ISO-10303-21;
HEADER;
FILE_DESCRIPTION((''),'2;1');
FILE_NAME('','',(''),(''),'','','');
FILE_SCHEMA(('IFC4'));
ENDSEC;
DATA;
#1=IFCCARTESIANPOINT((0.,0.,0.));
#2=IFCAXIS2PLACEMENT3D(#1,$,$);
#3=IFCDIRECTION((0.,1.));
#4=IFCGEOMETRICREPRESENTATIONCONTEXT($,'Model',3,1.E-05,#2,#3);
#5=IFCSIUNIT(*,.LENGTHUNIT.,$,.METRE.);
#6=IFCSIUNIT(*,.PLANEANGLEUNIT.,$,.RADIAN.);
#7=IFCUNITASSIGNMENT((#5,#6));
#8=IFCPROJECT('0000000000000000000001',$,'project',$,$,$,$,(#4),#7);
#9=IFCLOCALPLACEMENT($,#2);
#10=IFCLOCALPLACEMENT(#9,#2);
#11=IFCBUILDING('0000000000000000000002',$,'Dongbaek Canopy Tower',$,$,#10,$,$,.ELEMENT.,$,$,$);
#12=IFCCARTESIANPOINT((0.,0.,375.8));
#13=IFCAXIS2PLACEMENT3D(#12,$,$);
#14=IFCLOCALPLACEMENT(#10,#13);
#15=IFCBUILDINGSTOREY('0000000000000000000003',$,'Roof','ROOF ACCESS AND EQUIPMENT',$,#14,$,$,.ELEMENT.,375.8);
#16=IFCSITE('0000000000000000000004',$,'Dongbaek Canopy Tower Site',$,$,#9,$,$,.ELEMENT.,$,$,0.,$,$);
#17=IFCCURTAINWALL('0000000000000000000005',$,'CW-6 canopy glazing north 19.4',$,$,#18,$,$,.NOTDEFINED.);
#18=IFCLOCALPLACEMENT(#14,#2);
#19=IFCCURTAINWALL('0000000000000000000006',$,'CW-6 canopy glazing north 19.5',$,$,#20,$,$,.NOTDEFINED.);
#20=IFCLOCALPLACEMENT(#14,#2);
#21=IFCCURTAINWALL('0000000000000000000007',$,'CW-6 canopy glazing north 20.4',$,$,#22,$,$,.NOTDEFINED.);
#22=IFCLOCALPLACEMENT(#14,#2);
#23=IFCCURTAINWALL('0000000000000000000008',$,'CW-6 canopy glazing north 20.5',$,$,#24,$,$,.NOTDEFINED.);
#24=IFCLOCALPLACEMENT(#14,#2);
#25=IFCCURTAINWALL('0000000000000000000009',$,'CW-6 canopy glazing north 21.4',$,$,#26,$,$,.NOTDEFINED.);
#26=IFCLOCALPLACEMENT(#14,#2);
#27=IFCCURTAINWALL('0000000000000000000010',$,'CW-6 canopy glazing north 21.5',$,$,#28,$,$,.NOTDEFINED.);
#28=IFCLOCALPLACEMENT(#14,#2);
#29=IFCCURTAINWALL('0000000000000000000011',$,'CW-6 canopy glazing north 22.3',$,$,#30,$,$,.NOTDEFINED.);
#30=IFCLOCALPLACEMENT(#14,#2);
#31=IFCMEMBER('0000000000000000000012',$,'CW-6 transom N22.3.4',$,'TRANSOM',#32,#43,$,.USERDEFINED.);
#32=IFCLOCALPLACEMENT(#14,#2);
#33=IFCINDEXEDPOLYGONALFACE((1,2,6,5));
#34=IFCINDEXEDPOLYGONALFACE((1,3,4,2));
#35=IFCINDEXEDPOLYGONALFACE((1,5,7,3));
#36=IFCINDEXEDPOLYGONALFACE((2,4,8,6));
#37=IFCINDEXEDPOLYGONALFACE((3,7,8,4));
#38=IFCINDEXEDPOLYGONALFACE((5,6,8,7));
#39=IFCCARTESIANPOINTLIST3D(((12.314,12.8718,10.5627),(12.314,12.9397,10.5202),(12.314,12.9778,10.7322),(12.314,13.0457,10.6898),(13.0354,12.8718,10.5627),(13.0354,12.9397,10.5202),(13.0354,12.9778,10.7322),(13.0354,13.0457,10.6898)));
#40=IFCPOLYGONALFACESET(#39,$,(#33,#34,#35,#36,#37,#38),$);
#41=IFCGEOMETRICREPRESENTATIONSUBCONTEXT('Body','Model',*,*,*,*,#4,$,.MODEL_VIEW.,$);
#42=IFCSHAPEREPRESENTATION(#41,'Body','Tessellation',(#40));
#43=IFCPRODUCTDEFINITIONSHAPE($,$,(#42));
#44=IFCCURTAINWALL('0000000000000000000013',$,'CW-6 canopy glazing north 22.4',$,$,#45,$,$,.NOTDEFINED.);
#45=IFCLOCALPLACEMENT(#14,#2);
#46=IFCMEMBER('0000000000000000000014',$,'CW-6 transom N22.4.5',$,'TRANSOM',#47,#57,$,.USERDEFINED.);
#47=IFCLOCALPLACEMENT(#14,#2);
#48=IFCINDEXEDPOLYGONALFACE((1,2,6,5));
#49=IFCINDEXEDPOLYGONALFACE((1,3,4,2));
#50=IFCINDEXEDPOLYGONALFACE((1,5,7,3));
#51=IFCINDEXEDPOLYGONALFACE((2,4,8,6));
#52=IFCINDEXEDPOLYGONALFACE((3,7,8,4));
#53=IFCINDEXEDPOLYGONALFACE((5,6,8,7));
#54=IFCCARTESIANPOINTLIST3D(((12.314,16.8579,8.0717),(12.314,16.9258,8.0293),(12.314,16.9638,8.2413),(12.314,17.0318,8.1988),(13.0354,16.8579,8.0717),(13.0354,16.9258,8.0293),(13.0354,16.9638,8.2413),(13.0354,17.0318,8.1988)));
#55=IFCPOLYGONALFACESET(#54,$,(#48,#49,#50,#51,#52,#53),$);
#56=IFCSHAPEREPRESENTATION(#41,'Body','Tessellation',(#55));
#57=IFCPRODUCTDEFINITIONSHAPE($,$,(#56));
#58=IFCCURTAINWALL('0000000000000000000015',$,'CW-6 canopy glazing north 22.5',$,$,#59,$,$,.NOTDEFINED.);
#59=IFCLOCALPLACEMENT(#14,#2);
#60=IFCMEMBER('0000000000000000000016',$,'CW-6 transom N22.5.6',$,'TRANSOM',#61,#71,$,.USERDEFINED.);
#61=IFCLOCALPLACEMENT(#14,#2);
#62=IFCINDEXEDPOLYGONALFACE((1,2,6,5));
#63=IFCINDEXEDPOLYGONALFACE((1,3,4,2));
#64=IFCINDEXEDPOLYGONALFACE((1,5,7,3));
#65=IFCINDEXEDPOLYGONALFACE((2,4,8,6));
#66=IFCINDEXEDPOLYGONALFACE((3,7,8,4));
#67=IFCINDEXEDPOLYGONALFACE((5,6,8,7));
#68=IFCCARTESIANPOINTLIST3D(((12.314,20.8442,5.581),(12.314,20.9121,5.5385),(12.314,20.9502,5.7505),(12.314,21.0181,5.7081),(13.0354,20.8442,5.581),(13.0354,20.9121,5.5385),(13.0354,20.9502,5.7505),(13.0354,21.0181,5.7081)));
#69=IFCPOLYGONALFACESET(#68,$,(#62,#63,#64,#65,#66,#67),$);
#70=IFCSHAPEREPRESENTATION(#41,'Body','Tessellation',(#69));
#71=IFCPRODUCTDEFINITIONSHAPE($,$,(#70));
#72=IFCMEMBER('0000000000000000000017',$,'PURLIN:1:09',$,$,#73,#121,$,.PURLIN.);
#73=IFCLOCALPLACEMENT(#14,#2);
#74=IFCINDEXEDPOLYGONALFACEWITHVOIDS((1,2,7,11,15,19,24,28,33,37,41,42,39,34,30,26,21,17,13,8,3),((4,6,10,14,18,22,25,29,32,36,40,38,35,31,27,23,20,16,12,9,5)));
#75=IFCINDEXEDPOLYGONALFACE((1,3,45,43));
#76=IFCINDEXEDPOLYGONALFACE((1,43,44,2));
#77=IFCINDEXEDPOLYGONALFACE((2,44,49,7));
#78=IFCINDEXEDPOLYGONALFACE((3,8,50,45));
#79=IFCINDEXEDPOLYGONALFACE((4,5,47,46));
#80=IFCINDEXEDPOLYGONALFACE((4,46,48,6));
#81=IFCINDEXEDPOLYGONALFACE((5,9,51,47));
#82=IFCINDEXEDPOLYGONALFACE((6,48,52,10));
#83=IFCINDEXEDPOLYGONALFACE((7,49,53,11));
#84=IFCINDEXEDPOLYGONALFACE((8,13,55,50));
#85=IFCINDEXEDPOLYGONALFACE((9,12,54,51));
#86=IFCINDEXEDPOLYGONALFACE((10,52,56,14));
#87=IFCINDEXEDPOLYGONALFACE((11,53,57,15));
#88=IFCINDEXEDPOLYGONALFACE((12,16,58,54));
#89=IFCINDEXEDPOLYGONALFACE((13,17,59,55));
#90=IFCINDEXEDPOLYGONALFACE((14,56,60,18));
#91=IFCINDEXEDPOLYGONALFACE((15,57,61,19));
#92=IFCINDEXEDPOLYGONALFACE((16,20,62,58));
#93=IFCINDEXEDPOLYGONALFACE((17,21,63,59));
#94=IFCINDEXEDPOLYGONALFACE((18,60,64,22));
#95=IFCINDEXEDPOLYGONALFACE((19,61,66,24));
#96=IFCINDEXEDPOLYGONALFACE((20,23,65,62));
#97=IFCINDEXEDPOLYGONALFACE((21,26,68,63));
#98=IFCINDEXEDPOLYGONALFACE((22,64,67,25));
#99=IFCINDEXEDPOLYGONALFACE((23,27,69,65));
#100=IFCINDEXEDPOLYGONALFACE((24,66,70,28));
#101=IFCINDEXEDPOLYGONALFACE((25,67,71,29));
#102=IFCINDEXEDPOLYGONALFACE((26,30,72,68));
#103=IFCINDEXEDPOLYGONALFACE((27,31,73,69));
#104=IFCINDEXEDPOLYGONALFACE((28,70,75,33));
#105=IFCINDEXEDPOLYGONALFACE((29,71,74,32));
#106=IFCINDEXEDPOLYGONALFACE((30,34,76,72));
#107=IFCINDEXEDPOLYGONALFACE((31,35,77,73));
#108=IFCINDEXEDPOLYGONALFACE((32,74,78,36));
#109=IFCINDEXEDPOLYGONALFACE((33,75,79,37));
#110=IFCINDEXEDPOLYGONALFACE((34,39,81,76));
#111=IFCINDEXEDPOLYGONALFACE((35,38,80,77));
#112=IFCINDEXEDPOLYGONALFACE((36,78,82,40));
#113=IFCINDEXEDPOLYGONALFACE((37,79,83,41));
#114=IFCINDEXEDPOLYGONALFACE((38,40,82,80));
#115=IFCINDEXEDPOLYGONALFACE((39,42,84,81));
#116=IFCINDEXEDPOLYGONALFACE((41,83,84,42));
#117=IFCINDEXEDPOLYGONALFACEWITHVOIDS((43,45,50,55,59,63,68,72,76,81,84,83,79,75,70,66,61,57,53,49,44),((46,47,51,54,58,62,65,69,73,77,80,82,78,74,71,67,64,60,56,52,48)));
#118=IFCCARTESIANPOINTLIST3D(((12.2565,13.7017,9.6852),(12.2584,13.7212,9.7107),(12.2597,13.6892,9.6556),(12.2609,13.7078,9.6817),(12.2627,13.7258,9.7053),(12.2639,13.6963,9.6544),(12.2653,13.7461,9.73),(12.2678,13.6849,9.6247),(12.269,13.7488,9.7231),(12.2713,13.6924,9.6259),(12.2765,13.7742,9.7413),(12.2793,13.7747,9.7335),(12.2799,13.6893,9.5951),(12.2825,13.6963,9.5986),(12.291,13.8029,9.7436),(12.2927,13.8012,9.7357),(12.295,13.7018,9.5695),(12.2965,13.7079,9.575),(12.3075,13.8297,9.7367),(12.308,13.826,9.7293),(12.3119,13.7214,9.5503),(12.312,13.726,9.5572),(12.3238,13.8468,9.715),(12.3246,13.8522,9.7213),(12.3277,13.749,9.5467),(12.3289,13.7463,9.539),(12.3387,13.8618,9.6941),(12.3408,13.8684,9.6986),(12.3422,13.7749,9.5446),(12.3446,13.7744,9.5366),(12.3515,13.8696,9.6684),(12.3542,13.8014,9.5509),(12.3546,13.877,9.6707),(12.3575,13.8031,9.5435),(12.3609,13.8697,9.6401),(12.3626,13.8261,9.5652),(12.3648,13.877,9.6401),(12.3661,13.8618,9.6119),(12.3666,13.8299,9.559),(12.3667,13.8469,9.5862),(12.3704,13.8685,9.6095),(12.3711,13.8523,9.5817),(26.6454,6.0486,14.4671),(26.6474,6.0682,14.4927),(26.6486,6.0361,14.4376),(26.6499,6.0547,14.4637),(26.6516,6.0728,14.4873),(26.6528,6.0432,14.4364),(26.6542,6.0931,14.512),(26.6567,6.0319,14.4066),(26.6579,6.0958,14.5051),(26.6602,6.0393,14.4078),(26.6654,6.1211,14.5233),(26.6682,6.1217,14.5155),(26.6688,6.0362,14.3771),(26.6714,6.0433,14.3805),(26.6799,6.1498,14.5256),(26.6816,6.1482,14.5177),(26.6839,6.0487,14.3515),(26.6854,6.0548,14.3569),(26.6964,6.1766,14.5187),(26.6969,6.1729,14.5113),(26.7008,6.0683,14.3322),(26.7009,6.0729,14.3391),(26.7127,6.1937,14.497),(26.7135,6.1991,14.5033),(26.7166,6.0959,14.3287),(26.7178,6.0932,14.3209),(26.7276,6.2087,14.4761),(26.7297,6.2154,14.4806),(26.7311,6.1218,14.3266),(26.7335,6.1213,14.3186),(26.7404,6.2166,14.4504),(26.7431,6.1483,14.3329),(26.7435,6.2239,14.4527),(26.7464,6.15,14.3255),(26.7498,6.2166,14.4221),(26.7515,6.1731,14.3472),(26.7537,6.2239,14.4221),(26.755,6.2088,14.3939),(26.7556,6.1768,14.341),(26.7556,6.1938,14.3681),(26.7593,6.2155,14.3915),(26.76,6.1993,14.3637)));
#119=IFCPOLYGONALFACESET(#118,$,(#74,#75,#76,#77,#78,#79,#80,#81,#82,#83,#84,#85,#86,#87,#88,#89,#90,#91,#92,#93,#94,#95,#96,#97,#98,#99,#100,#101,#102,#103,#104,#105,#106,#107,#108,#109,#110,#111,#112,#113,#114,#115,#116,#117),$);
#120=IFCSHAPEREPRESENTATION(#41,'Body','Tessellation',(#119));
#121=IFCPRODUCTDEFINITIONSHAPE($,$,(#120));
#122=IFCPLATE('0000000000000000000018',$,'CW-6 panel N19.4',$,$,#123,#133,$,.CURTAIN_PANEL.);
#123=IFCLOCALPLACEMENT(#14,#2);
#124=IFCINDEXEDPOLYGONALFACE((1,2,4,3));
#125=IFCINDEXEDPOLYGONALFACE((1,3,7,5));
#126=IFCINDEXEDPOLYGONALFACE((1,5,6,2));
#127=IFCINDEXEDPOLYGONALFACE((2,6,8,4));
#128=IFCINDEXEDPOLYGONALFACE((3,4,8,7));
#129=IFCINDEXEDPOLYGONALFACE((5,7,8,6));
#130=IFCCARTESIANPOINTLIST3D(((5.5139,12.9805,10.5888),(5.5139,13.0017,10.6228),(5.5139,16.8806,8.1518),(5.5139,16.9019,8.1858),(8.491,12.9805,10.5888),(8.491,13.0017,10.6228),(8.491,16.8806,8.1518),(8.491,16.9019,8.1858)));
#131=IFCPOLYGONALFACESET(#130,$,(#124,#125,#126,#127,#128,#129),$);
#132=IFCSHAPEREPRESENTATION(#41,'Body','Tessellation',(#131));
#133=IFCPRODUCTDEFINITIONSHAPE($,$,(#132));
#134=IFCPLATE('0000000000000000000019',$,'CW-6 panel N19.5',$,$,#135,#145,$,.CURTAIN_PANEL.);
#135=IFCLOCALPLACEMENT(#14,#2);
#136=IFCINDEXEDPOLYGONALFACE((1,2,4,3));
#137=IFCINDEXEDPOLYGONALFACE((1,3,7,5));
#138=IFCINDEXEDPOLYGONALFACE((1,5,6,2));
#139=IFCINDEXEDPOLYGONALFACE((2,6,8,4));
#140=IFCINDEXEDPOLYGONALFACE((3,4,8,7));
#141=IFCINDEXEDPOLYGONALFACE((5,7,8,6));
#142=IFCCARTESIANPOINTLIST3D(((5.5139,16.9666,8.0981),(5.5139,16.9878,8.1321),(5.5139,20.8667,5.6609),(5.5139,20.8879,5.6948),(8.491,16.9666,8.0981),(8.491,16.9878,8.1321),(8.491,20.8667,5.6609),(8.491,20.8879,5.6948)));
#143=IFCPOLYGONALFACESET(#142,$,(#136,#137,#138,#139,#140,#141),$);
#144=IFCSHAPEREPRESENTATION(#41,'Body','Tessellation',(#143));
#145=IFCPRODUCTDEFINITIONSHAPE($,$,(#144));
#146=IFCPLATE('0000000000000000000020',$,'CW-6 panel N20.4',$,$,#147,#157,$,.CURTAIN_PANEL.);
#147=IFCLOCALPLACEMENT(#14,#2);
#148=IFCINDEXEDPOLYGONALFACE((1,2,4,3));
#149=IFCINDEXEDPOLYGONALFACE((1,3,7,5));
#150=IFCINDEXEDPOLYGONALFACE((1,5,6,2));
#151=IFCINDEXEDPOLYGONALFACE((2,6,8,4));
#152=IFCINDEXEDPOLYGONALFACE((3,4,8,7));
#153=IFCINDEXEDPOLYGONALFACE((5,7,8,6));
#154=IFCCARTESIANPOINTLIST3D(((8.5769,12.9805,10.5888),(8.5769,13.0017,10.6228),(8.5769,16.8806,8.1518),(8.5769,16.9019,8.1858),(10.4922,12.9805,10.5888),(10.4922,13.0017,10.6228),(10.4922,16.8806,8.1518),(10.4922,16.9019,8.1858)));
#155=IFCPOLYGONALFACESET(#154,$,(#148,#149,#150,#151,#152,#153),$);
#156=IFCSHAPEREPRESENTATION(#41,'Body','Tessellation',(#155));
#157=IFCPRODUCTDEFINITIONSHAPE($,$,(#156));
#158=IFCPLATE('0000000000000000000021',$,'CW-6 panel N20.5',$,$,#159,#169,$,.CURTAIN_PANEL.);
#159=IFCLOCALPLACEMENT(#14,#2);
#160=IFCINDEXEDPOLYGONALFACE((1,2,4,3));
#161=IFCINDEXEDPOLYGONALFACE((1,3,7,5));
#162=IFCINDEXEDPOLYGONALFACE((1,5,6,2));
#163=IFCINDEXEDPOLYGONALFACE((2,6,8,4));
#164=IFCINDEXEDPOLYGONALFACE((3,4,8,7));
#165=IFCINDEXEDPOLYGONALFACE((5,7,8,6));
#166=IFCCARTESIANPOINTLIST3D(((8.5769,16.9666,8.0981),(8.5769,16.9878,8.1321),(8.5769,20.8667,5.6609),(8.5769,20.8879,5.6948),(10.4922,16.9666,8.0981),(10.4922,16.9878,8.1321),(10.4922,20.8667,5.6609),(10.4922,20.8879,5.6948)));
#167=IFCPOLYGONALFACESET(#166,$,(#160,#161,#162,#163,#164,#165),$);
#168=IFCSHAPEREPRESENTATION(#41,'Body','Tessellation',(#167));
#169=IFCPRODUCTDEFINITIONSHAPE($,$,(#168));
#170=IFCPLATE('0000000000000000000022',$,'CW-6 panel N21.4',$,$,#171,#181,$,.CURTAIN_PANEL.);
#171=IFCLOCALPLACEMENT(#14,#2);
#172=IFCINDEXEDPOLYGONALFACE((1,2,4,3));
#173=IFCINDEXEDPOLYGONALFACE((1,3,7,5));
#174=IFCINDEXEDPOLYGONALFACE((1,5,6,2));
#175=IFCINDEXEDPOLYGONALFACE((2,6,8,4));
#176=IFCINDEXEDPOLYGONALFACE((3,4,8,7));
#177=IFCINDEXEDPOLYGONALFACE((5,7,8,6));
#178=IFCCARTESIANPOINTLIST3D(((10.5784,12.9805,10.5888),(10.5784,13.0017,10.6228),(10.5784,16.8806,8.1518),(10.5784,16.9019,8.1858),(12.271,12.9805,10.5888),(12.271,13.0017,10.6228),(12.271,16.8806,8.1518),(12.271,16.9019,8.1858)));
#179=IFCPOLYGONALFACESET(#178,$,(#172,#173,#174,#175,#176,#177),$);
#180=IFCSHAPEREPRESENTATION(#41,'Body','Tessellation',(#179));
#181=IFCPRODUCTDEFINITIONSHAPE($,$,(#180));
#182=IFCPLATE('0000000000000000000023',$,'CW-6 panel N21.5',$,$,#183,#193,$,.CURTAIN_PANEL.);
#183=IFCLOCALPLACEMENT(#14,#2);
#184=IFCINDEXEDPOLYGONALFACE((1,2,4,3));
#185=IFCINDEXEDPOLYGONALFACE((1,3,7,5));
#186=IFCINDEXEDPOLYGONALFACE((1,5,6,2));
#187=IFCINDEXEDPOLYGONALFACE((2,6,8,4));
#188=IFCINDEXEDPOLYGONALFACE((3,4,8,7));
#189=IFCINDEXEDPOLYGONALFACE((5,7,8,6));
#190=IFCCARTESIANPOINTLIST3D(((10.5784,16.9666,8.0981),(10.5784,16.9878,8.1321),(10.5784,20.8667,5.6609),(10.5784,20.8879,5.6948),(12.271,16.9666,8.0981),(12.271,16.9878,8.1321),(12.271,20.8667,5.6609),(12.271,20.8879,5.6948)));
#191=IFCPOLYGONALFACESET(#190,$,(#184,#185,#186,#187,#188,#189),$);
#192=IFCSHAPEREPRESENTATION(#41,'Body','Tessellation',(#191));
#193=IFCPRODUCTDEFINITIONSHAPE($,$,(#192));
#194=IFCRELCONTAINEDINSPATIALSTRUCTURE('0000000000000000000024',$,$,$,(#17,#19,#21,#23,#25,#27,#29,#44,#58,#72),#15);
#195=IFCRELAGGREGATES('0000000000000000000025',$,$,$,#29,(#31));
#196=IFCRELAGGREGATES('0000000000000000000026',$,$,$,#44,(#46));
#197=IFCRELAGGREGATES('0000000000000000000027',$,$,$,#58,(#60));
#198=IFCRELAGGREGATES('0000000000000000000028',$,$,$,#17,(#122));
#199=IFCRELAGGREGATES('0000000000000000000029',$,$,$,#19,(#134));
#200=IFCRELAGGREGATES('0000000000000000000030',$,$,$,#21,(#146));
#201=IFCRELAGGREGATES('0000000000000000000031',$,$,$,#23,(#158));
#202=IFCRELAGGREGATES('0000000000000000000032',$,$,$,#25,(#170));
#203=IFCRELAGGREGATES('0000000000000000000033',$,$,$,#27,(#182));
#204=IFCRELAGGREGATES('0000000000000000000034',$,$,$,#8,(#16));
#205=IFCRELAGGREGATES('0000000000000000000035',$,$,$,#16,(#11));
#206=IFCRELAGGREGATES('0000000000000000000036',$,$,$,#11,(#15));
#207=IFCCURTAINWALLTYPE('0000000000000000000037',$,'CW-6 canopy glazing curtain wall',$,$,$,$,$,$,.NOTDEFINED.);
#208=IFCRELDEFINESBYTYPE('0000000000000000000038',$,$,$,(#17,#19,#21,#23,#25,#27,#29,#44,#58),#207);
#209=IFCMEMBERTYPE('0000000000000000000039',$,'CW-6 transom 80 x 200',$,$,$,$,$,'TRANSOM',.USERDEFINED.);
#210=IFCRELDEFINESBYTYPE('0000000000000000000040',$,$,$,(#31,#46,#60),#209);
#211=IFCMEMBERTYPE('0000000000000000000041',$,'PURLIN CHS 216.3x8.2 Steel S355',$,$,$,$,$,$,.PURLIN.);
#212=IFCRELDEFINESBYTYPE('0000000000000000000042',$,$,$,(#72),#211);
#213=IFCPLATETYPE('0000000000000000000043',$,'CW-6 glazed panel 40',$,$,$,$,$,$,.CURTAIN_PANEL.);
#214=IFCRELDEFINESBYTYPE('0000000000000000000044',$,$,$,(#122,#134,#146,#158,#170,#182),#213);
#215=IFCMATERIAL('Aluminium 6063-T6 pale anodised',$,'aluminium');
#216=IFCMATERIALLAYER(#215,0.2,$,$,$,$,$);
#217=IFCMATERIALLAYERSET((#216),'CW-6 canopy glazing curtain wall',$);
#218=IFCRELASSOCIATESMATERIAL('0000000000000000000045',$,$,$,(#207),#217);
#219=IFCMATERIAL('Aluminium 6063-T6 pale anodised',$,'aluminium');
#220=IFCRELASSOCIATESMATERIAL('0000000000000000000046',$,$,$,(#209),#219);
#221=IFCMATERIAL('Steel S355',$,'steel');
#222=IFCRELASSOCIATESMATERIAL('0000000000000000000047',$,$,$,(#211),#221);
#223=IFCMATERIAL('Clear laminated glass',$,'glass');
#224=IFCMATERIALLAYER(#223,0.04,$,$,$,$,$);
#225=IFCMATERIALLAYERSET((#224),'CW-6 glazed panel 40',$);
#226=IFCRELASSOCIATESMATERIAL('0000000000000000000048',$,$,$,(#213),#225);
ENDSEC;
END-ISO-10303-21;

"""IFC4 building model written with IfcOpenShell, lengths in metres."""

from ifc_helpers import new_model, si_unit, direction, frame, origin, origin_2d, place, context, subcontext, project, spatial, polyline, rectangle, hollow_circle, outline, extrude, material, layer, layer_set, material_profile, profile_set, type_object, element, aggregate, save


model = new_model("IFC4")

# Units and contexts
model_context = context("Model", 3, precision=1e-05, world=origin(), true_north=direction((0.0, 1.0)))
body_context = subcontext(model_context, "Body", "Model", "MODEL_VIEW")
ifc_project = project(units=[si_unit("LENGTHUNIT", "METRE"), si_unit("PLANEANGLEUNIT", "RADIAN")], contexts=[model_context])

# Site, building, storey
site_placement = place(None, origin())
site = spatial("IfcSite", under=ifc_project, at=site_placement, Name="Dongbaek Canopy Tower Site", CompositionType="ELEMENT", RefElevation=0.0)
building_placement = place(site_placement, origin())
building = spatial("IfcBuilding", under=site, at=building_placement, Name="Dongbaek Canopy Tower", CompositionType="ELEMENT")
storey_placement = place(building_placement, frame((0.0, 0.0, 375.8)))
storey = spatial("IfcBuildingStorey", under=building, at=storey_placement, Name="Roof", Description="ROOF ACCESS AND EQUIPMENT", CompositionType="ELEMENT", Elevation=375.8)

# Curtain walls
ifc_material_1 = material(Name="Aluminium 6063-T6 pale anodised", Category="aluminium")
ifc_layer_1 = layer(ifc_material_1, 0.2)
ifc_layer_set_1 = layer_set([ifc_layer_1], Name="CW-6 canopy glazing curtain wall")
curtain_wall_type = type_object("IfcCurtainWallType", Name="CW-6 canopy glazing curtain wall", PredefinedType="NOTDEFINED", material=ifc_layer_set_1)
curtain_wall_1_placement = place(storey_placement, origin())
curtain_wall_1 = element("IfcCurtainWall", 1, at=curtain_wall_1_placement, inside=storey, type_object=curtain_wall_type, Name="CW-6 canopy glazing north 19.4", PredefinedType="NOTDEFINED")
curtain_wall_2_placement = place(storey_placement, origin())
curtain_wall_2 = element("IfcCurtainWall", 2, at=curtain_wall_2_placement, inside=storey, type_object=curtain_wall_type, Name="CW-6 canopy glazing north 19.5", PredefinedType="NOTDEFINED")
curtain_wall_3_placement = place(storey_placement, origin())
curtain_wall_3 = element("IfcCurtainWall", 3, at=curtain_wall_3_placement, inside=storey, type_object=curtain_wall_type, Name="CW-6 canopy glazing north 20.4", PredefinedType="NOTDEFINED")
curtain_wall_4_placement = place(storey_placement, origin())
curtain_wall_4 = element("IfcCurtainWall", 4, at=curtain_wall_4_placement, inside=storey, type_object=curtain_wall_type, Name="CW-6 canopy glazing north 20.5", PredefinedType="NOTDEFINED")
curtain_wall_5_placement = place(storey_placement, origin())
curtain_wall_5 = element("IfcCurtainWall", 5, at=curtain_wall_5_placement, inside=storey, type_object=curtain_wall_type, Name="CW-6 canopy glazing north 21.4", PredefinedType="NOTDEFINED")
curtain_wall_6_placement = place(storey_placement, origin())
curtain_wall_6 = element("IfcCurtainWall", 6, at=curtain_wall_6_placement, inside=storey, type_object=curtain_wall_type, Name="CW-6 canopy glazing north 21.5", PredefinedType="NOTDEFINED")
ifc_material_2 = material(Name="Aluminium 6063-T6 pale anodised", Category="aluminium")
ifc_material_profile_1 = material_profile(ifc_material_2, rectangle(XDim=0.0801, YDim=0.2, at=origin_2d()), Name="CW-6 transom 80 x 200")
ifc_profile_set_1 = profile_set([ifc_material_profile_1], Name="Aluminium 6063-T6 pale anodised")
member_type_1 = type_object("IfcMemberType", Name="CW-6 transom 80 x 200", ElementType="TRANSOM", PredefinedType="USERDEFINED", material=ifc_profile_set_1)

# Curtain walls, members
curtain_wall_7_placement = place(storey_placement, origin())
curtain_wall_7 = element("IfcCurtainWall", 7, at=curtain_wall_7_placement, inside=storey, type_object=curtain_wall_type, Name="CW-6 canopy glazing north 22.3", PredefinedType="NOTDEFINED")
member_1_placement = place(storey_placement, frame((12.314, 12.9587, 10.6262), z_axis=(1.0, 0.0, 0.0), x_axis=(0.0, 0.848048, -0.529919)))
member_1 = element("IfcMember", 8, at=member_1_placement, type_object=member_type_1, Name="CW-6 transom N22.3.4", ObjectType="TRANSOM", PredefinedType="USERDEFINED", context=body_context, shape_type="SweptSolid", body=[
    extrude(rectangle(XDim=0.0801, YDim=0.2, at=origin_2d()), origin(), (0.0, 0.0, 1.0), 0.7214),
])
aggregate(curtain_wall_7, [member_1])
curtain_wall_8_placement = place(storey_placement, origin())
curtain_wall_8 = element("IfcCurtainWall", 9, at=curtain_wall_8_placement, inside=storey, type_object=curtain_wall_type, Name="CW-6 canopy glazing north 22.4", PredefinedType="NOTDEFINED")
member_2_placement = place(storey_placement, frame((12.314, 16.9448, 8.1353), z_axis=(1.0, 0.0, 0.0), x_axis=(0.0, 0.848048, -0.529919)))
member_2 = element("IfcMember", 10, at=member_2_placement, type_object=member_type_1, Name="CW-6 transom N22.4.5", ObjectType="TRANSOM", PredefinedType="USERDEFINED", context=body_context, shape_type="SweptSolid", body=[
    extrude(rectangle(XDim=0.0801, YDim=0.2, at=origin_2d()), origin(), (0.0, 0.0, 1.0), 0.7214),
])
aggregate(curtain_wall_8, [member_2])
curtain_wall_9_placement = place(storey_placement, origin())
curtain_wall_9 = element("IfcCurtainWall", 11, at=curtain_wall_9_placement, inside=storey, type_object=curtain_wall_type, Name="CW-6 canopy glazing north 22.5", PredefinedType="NOTDEFINED")
member_3_placement = place(storey_placement, frame((12.314, 20.9312, 5.6445), z_axis=(1.0, 0.0, 0.0), x_axis=(0.0, 0.848048, -0.529919)))
member_3 = element("IfcMember", 12, at=member_3_placement, type_object=member_type_1, Name="CW-6 transom N22.5.6", ObjectType="TRANSOM", PredefinedType="USERDEFINED", context=body_context, shape_type="SweptSolid", body=[
    extrude(rectangle(XDim=0.0801, YDim=0.2, at=origin_2d()), origin(), (0.0, 0.0, 1.0), 0.7214),
])
aggregate(curtain_wall_9, [member_3])

# Member
ifc_material_3 = material(Name="Steel S355", Category="steel")
ifc_material_profile_2 = material_profile(ifc_material_3, hollow_circle(Radius=0.1082, WallThickness=0.0083, at=origin_2d()), Name="PURLIN CHS 216.3x8.2 Steel S355")
ifc_profile_set_2 = profile_set([ifc_material_profile_2], Name="Steel S355")
member_type_2 = type_object("IfcMemberType", Name="PURLIN CHS 216.3x8.2 Steel S355", PredefinedType="PURLIN", material=ifc_profile_set_2)
member_4_placement = place(storey_placement, frame((12.314, 13.7815, 9.6401), z_axis=(0.847173, -0.450588, 0.281548), x_axis=(0.469584, 0.882888, 0.0)))
element("IfcMember", 13, at=member_4_placement, inside=storey, type_object=member_type_2, Name="PURLIN:1:09", PredefinedType="PURLIN", context=body_context, shape_type="SweptSolid", body=[
    extrude(hollow_circle(Radius=0.1082, WallThickness=0.0083, at=origin_2d()), origin(), (0.0, 0.0, 1.0), 16.9846),
])

# Plates
ifc_material_4 = material(Name="Clear laminated glass", Category="glass")
ifc_layer_2 = layer(ifc_material_4, 0.04)
ifc_layer_set_2 = layer_set([ifc_layer_2], Name="CW-6 glazed panel 40")
plate_type = type_object("IfcPlateType", Name="CW-6 glazed panel 40", PredefinedType="CURTAIN_PANEL", material=ifc_layer_set_2)
plate_1_placement = place(storey_placement, frame((8.491, 13.0017, 10.6228), z_axis=(0.0, 0.529908, 0.848055), x_axis=(-1.0, 0.0, 0.0)))
plate_1 = element("IfcPlate", 14, at=plate_1_placement, type_object=plate_type, Name="CW-6 panel N19.4", PredefinedType="CURTAIN_PANEL", context=body_context, shape_type="SweptSolid", body=[
    extrude(outline(polyline([(0.0, 0.0), (2.9771, 0.0), (2.9771, -4.5989), (0.0, -4.5989), (0.0, 0.0)])), origin(), (0.0, 0.0, -1.0), 0.04),
])
aggregate(curtain_wall_1, [plate_1])
plate_2_placement = place(storey_placement, frame((8.491, 16.9878, 8.1321), z_axis=(0.0, 0.529946, 0.848031), x_axis=(-1.0, 0.0, 0.0)))
plate_2 = element("IfcPlate", 15, at=plate_2_placement, type_object=plate_type, Name="CW-6 panel N19.5", PredefinedType="CURTAIN_PANEL", context=body_context, shape_type="SweptSolid", body=[
    extrude(outline(polyline([(0.0, 0.0), (2.9771, 0.0), (2.9771, -4.5991), (0.0, -4.5991), (0.0, 0.0)])), origin(), (0.0, 0.0, -1.0), 0.04),
])
aggregate(curtain_wall_2, [plate_2])
plate_3_placement = place(storey_placement, frame((10.4922, 13.0017, 10.6228), z_axis=(0.0, 0.529908, 0.848055), x_axis=(-1.0, 0.0, 0.0)))
plate_3 = element("IfcPlate", 16, at=plate_3_placement, type_object=plate_type, Name="CW-6 panel N20.4", PredefinedType="CURTAIN_PANEL", context=body_context, shape_type="SweptSolid", body=[
    extrude(outline(polyline([(0.0, 0.0), (1.9153, 0.0), (1.9153, -4.5989), (0.0, -4.5989), (0.0, 0.0)])), origin(), (0.0, 0.0, -1.0), 0.04),
])
aggregate(curtain_wall_3, [plate_3])
plate_4_placement = place(storey_placement, frame((10.4922, 16.9878, 8.1321), z_axis=(0.0, 0.529946, 0.848031), x_axis=(-1.0, 0.0, 0.0)))
plate_4 = element("IfcPlate", 17, at=plate_4_placement, type_object=plate_type, Name="CW-6 panel N20.5", PredefinedType="CURTAIN_PANEL", context=body_context, shape_type="SweptSolid", body=[
    extrude(outline(polyline([(0.0, 0.0), (1.9153, 0.0), (1.9153, -4.5991), (0.0, -4.5991), (0.0, 0.0)])), origin(), (0.0, 0.0, -1.0), 0.04),
])
aggregate(curtain_wall_4, [plate_4])
plate_5_placement = place(storey_placement, frame((12.271, 13.0017, 10.6228), z_axis=(0.0, 0.529908, 0.848055), x_axis=(-1.0, 0.0, 0.0)))
plate_5 = element("IfcPlate", 18, at=plate_5_placement, type_object=plate_type, Name="CW-6 panel N21.4", PredefinedType="CURTAIN_PANEL", context=body_context, shape_type="SweptSolid", body=[
    extrude(outline(polyline([(0.0, 0.0), (1.6926, 0.0), (1.6926, -4.5989), (0.0, -4.5989), (0.0, 0.0)])), origin(), (0.0, 0.0, -1.0), 0.04),
])
aggregate(curtain_wall_5, [plate_5])
plate_6_placement = place(storey_placement, frame((12.271, 16.9878, 8.1321), z_axis=(0.0, 0.529946, 0.848031), x_axis=(-1.0, 0.0, 0.0)))
plate_6 = element("IfcPlate", 19, at=plate_6_placement, type_object=plate_type, Name="CW-6 panel N21.5", PredefinedType="CURTAIN_PANEL", context=body_context, shape_type="SweptSolid", body=[
    extrude(outline(polyline([(0.0, 0.0), (1.6926, 0.0), (1.6926, -4.5991), (0.0, -4.5991), (0.0, 0.0)])), origin(), (0.0, 0.0, -1.0), 0.04),
])
aggregate(curtain_wall_6, [plate_6])

save(model, "model.ifc")
